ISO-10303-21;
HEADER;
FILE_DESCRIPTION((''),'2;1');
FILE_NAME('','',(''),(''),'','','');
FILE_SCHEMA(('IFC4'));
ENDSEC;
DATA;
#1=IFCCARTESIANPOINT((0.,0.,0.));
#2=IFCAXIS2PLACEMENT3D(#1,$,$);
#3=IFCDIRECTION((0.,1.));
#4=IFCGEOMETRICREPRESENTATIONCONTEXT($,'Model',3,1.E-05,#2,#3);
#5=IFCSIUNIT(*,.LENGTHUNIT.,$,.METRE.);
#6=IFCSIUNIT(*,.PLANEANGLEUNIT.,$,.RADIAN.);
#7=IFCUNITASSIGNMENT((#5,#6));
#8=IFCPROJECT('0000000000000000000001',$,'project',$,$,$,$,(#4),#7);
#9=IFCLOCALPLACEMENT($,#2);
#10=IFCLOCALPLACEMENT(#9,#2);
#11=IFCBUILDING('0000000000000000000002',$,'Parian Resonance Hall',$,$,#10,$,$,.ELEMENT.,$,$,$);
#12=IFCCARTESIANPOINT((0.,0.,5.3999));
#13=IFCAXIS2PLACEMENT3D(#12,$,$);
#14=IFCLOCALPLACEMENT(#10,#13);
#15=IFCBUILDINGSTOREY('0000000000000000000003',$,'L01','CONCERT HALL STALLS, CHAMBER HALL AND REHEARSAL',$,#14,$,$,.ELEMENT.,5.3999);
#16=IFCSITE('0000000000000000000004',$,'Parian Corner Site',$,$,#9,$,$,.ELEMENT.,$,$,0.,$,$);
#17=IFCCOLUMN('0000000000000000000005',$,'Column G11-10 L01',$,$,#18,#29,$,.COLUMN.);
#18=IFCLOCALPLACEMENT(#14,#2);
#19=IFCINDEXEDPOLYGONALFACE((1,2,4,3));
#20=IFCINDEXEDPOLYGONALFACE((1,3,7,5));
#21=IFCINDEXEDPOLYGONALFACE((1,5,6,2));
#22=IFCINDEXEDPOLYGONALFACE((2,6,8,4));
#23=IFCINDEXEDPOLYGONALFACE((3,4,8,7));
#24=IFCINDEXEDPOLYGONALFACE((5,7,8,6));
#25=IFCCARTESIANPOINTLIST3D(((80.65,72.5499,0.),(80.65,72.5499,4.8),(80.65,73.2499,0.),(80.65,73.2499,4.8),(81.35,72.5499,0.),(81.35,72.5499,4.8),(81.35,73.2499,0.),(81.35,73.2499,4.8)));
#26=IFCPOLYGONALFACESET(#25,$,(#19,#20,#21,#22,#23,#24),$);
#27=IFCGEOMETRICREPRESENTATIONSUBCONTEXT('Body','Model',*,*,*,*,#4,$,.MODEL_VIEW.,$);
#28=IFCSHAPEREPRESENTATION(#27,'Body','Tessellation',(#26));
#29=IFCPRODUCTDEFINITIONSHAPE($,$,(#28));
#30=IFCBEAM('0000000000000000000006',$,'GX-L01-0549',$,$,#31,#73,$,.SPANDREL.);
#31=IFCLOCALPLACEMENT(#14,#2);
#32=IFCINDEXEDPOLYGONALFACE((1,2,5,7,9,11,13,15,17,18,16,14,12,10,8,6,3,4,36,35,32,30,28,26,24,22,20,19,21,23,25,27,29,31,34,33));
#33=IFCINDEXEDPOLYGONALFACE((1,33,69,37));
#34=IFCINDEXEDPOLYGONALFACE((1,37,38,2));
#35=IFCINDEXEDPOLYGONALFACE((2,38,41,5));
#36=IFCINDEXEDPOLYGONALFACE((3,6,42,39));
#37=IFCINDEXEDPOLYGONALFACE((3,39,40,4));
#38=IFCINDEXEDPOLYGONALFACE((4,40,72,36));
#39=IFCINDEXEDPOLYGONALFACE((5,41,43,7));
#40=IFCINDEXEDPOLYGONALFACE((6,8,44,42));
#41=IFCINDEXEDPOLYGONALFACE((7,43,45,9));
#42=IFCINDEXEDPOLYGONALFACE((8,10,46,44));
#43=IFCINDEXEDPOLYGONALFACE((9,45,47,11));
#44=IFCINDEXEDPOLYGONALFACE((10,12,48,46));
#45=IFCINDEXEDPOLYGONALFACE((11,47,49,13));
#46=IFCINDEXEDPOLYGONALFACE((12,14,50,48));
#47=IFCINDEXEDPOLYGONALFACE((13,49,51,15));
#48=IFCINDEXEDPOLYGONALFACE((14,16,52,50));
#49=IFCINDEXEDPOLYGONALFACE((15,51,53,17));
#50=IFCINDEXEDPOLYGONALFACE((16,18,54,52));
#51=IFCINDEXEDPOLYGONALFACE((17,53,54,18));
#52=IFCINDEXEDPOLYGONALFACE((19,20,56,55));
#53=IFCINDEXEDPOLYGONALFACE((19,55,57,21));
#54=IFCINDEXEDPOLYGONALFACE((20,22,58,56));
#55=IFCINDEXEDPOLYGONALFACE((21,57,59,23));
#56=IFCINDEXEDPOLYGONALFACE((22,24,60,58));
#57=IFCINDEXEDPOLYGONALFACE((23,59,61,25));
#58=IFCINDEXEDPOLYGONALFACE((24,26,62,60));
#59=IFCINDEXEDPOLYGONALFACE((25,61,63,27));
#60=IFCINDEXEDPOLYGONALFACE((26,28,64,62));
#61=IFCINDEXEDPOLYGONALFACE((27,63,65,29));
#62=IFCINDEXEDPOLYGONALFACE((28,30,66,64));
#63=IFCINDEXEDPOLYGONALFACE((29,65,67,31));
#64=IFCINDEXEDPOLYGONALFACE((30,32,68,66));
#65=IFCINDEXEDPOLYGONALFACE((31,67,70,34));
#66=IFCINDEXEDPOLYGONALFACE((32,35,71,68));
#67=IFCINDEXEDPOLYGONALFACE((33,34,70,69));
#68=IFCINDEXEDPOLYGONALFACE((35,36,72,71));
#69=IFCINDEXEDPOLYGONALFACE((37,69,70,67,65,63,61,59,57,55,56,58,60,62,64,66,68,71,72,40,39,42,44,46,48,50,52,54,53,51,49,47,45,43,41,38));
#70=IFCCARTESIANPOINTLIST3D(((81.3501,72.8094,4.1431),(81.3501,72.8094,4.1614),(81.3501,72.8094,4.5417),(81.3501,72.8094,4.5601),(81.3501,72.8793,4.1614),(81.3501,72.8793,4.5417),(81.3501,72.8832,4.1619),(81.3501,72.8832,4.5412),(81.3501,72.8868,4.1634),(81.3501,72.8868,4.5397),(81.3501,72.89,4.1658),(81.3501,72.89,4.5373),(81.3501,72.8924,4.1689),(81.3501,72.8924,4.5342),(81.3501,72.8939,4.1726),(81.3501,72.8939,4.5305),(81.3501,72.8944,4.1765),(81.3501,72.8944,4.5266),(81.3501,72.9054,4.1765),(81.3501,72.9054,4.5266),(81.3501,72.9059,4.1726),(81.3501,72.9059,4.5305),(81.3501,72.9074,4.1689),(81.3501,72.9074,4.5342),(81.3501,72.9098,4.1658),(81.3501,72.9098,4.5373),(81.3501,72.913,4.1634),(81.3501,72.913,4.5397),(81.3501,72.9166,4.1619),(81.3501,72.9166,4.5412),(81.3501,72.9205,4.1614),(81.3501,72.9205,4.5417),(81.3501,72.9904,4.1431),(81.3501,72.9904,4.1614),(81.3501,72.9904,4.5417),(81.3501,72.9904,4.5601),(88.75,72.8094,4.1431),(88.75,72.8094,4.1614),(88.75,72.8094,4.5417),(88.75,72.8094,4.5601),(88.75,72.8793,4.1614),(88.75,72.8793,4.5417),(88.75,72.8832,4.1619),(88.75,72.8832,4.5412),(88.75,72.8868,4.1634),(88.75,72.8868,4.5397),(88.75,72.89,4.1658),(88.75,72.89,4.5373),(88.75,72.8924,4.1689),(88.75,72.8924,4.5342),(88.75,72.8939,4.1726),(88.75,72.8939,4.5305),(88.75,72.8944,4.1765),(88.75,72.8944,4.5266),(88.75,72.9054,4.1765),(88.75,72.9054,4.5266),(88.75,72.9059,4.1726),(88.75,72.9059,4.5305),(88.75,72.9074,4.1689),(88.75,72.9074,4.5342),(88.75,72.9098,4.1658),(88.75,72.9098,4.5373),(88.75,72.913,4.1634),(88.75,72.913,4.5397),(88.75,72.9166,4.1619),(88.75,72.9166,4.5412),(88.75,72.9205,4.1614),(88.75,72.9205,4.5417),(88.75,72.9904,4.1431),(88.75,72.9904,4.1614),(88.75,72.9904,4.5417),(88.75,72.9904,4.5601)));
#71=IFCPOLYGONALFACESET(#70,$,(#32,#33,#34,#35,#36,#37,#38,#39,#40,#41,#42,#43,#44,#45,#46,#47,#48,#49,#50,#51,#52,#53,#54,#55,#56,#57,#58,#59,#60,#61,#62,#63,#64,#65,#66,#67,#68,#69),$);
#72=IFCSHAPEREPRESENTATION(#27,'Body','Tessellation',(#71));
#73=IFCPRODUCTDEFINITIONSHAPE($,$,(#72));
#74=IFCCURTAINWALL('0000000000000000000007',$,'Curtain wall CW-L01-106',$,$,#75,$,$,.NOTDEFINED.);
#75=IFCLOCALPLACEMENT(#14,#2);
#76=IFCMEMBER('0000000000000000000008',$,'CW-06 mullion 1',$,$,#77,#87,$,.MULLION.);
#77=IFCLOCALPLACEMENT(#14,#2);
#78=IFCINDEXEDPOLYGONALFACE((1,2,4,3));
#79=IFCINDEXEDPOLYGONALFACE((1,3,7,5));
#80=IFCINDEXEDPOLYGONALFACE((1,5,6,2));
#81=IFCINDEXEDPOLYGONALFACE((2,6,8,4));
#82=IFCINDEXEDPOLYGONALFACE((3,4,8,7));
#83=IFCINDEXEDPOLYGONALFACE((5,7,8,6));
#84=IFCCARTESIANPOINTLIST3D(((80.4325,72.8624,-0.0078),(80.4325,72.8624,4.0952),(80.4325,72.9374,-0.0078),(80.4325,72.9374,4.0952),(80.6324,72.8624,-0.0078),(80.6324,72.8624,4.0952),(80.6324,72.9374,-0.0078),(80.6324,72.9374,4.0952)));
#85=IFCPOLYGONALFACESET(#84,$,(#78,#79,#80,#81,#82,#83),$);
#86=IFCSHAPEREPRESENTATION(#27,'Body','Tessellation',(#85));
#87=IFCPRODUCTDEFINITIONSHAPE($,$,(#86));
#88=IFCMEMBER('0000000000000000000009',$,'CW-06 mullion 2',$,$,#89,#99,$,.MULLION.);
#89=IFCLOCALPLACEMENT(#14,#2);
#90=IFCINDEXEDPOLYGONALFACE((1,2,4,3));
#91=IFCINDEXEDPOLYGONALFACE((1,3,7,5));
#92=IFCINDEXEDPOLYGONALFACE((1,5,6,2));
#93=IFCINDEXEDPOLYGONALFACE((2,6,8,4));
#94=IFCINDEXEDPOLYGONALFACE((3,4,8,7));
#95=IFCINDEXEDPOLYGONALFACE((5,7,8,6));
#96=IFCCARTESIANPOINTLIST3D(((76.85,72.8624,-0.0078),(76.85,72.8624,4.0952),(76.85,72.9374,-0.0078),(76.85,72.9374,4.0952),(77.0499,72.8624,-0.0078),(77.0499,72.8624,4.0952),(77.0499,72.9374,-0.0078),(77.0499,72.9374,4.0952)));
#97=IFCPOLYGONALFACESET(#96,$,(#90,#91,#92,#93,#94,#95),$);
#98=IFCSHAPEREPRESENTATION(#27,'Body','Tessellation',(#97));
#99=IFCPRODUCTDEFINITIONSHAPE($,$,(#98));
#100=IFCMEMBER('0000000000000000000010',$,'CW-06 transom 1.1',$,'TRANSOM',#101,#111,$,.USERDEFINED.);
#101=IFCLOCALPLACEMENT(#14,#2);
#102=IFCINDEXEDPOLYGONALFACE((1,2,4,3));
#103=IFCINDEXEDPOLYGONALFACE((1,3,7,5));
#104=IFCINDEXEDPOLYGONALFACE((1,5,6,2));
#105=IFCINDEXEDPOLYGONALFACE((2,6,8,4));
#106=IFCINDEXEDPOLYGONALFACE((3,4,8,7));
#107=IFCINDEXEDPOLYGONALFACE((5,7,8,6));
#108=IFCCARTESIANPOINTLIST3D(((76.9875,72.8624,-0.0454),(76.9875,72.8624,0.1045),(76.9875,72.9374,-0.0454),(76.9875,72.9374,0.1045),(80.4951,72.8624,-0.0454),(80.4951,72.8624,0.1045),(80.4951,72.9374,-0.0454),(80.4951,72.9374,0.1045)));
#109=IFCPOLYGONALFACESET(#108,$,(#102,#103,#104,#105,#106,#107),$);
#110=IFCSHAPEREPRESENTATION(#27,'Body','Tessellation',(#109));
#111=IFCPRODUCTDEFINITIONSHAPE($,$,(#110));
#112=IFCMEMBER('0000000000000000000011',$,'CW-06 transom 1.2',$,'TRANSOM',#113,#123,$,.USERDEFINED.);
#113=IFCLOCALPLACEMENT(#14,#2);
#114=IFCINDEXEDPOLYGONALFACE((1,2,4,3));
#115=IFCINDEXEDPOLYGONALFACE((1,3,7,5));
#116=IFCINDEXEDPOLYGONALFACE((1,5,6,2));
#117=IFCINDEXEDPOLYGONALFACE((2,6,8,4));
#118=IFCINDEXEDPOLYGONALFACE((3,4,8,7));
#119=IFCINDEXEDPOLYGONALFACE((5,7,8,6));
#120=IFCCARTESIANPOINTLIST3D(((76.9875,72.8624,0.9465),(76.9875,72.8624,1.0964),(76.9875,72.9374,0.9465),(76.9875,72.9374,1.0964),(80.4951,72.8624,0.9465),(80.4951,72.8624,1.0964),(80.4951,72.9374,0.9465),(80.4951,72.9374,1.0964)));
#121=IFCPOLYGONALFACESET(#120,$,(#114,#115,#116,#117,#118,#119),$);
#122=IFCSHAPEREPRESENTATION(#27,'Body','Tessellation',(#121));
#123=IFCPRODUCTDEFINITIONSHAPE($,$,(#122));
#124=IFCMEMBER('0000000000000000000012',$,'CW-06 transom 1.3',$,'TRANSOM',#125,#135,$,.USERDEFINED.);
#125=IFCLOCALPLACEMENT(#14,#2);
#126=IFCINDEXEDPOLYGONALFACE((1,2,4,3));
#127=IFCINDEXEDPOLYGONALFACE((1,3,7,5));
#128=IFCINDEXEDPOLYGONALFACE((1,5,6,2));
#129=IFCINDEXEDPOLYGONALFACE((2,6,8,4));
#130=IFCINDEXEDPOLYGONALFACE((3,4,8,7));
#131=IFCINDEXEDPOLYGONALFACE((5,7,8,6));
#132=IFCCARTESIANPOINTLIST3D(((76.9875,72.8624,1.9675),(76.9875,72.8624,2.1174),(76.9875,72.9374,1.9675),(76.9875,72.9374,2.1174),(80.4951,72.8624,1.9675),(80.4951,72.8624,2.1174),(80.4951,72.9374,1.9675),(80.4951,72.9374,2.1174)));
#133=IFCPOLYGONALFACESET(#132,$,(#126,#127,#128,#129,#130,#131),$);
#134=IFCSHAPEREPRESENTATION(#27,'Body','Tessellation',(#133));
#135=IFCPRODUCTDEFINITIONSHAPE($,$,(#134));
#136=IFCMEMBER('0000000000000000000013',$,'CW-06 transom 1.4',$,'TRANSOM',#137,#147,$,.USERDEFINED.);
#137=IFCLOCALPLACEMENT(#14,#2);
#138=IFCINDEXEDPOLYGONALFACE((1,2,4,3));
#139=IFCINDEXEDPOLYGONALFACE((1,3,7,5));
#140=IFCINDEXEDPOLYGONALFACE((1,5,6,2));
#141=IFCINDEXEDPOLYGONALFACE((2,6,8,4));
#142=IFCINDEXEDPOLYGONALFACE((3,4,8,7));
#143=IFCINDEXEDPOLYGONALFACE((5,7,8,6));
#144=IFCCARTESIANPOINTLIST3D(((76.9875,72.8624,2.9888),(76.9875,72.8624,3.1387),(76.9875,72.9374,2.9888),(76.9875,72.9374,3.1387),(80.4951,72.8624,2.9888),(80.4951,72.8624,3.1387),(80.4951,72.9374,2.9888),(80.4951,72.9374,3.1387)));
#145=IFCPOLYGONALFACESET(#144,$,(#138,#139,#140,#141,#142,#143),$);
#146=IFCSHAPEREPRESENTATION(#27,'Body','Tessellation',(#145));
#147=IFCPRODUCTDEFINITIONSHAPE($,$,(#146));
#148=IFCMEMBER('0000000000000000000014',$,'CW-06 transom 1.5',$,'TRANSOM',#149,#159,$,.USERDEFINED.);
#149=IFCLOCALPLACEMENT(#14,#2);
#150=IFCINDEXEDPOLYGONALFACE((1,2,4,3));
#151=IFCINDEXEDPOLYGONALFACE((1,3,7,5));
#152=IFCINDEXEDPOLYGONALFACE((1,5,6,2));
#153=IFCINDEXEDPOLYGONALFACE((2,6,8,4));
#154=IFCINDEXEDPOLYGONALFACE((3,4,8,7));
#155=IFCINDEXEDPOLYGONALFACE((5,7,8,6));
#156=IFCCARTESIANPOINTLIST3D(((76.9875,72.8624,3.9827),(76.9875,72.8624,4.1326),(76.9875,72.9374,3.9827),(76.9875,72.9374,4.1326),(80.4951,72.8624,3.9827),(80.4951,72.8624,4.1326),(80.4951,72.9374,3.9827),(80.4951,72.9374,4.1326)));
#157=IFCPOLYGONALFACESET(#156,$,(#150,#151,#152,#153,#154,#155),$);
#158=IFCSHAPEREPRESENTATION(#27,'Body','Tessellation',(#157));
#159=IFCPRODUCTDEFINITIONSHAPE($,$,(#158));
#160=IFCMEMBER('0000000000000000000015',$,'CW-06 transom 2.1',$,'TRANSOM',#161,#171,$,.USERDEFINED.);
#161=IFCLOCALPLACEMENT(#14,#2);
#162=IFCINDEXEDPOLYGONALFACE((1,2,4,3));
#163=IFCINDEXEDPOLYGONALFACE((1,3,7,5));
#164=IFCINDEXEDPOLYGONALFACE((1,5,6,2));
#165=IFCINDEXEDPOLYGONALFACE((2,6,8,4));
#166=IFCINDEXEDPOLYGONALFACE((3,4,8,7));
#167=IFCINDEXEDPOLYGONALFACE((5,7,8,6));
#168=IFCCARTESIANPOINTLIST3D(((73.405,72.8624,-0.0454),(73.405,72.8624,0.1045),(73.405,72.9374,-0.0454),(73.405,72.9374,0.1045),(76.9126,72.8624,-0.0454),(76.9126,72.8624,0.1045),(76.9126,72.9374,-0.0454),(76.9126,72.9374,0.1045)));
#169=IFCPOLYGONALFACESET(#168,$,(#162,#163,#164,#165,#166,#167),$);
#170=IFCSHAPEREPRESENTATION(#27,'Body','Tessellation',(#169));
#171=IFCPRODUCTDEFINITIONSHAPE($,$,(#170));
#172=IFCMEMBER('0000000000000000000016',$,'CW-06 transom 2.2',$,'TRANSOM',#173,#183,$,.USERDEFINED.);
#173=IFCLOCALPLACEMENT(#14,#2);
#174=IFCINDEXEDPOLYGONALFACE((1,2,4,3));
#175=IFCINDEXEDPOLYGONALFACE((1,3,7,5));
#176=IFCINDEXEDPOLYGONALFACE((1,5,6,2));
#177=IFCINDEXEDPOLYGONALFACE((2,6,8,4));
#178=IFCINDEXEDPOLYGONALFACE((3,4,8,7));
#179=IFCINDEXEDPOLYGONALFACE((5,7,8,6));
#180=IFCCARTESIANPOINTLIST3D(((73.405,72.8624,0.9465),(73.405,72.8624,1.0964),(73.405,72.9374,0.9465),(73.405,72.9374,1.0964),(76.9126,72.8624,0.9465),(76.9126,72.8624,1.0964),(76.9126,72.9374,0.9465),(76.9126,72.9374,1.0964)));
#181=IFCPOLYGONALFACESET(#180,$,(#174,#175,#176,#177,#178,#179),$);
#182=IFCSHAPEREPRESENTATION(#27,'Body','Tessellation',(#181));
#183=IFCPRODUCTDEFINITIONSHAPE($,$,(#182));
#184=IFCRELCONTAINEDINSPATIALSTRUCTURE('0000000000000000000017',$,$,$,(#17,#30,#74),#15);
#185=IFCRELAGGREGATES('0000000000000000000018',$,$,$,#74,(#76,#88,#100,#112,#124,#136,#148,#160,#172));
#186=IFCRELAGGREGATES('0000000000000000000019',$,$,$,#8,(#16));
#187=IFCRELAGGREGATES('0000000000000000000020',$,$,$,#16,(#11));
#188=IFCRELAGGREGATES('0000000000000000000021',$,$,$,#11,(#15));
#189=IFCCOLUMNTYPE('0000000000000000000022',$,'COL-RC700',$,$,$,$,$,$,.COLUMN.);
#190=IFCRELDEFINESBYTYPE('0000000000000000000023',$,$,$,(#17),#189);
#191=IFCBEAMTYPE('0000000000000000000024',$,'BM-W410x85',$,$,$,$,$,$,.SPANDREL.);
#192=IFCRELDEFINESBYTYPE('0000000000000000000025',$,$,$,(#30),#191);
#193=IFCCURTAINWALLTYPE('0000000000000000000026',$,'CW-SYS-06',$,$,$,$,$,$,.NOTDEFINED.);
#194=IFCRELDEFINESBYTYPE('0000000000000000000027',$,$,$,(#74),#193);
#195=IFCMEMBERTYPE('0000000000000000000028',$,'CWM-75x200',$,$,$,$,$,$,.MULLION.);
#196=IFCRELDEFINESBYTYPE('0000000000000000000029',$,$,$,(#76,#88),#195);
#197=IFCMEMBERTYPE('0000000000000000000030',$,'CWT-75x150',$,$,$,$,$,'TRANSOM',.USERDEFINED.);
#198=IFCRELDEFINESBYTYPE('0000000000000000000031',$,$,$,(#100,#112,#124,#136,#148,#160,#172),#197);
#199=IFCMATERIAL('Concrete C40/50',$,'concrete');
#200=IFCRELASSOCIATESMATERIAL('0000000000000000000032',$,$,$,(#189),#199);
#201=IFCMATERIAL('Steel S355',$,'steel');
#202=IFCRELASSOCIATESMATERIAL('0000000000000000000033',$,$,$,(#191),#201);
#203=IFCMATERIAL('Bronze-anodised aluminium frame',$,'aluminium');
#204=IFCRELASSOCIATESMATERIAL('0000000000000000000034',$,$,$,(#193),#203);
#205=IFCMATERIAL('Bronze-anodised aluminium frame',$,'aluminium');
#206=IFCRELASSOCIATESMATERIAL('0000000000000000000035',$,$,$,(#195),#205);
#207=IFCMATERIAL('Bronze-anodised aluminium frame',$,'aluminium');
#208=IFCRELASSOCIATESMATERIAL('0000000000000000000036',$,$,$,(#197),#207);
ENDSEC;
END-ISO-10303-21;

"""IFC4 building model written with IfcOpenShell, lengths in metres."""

from ifc_helpers import new_model, si_unit, direction, frame, origin, origin_2d, place, context, subcontext, project, spatial, rectangle, i_section, extrude, material, material_profile, profile_set, type_object, element, aggregate, save


model = new_model("IFC4")

# Units and contexts
model_context = context("Model", 3, precision=1e-05, world=origin(), true_north=direction((0.0, 1.0)))
body_context = subcontext(model_context, "Body", "Model", "MODEL_VIEW")
ifc_project = project(units=[si_unit("LENGTHUNIT", "METRE"), si_unit("PLANEANGLEUNIT", "RADIAN")], contexts=[model_context])

# Site, building, storey
site_placement = place(None, origin())
site = spatial("IfcSite", under=ifc_project, at=site_placement, Name="Parian Corner Site", CompositionType="ELEMENT", RefElevation=0.0)
building_placement = place(site_placement, origin())
building = spatial("IfcBuilding", under=site, at=building_placement, Name="Parian Resonance Hall", CompositionType="ELEMENT")
storey_placement = place(building_placement, frame((0.0, 0.0, 5.3999)))
storey = spatial("IfcBuildingStorey", under=building, at=storey_placement, Name="L01", Description="CONCERT HALL STALLS, CHAMBER HALL AND REHEARSAL", CompositionType="ELEMENT", Elevation=5.3999)

# Column
ifc_material_1 = material(Name="Concrete C40/50", Category="concrete")
ifc_material_profile_1 = material_profile(ifc_material_1, rectangle(XDim=0.7, YDim=0.7, at=origin_2d()), Name="RC-COL-700x700")
ifc_profile_set_1 = profile_set([ifc_material_profile_1], Name="Concrete C40/50")
column_type = type_object("IfcColumnType", Name="COL-RC700", PredefinedType="COLUMN", material=ifc_profile_set_1)
column_placement = place(storey_placement, frame((81.0, 72.8999, 0.0), z_axis=(0.0, 0.0, 1.0), x_axis=(1.0, 0.0, 0.0)))
element("IfcColumn", 1, at=column_placement, inside=storey, type_object=column_type, Name="Column G11-10 L01", PredefinedType="COLUMN", context=body_context, shape_type="SweptSolid", body=[
    extrude(rectangle(XDim=0.7, YDim=0.7, at=origin_2d()), origin(), (0.0, 0.0, 1.0), 4.8),
])

# Beam
ifc_material_2 = material(Name="Steel S355", Category="steel")
ifc_material_profile_2 = material_profile(ifc_material_2, i_section(OverallWidth=0.1809, OverallDepth=0.417, WebThickness=0.011, FlangeThickness=0.0183, FilletRadius=0.0151, at=origin_2d()), Name="W410x85")
ifc_profile_set_2 = profile_set([ifc_material_profile_2], Name="Steel S355")
beam_type = type_object("IfcBeamType", Name="BM-W410x85", PredefinedType="SPANDREL", material=ifc_profile_set_2)
beam_placement = place(storey_placement, frame((81.3501, 72.8999, 4.3516), z_axis=(1.0, 0.0, 0.0), x_axis=(0.0, 1.0, 0.0)))
element("IfcBeam", 2, at=beam_placement, inside=storey, type_object=beam_type, Name="GX-L01-0549", PredefinedType="SPANDREL", context=body_context, shape_type="SweptSolid", body=[
    extrude(i_section(OverallWidth=0.1809, OverallDepth=0.417, WebThickness=0.011, FlangeThickness=0.0183, FilletRadius=0.0151, at=origin_2d()), origin(), (0.0, 0.0, 1.0), 7.3999),
])

# Curtain wall, members
ifc_material_3 = material(Name="Bronze-anodised aluminium frame", Category="aluminium")
curtain_wall_type = type_object("IfcCurtainWallType", Name="CW-SYS-06", PredefinedType="NOTDEFINED", material=ifc_material_3)
curtain_wall_placement = place(storey_placement, origin())
curtain_wall = element("IfcCurtainWall", 3, at=curtain_wall_placement, inside=storey, type_object=curtain_wall_type, Name="Curtain wall CW-L01-106", PredefinedType="NOTDEFINED")
ifc_material_4 = material(Name="Bronze-anodised aluminium frame", Category="aluminium")
ifc_material_profile_3 = material_profile(ifc_material_4, rectangle(XDim=0.075, YDim=0.2, at=origin_2d()), Name="CWM-75x200")
ifc_profile_set_3 = profile_set([ifc_material_profile_3], Name="Bronze-anodised aluminium frame")
member_type_1 = type_object("IfcMemberType", Name="CWM-75x200", PredefinedType="MULLION", material=ifc_profile_set_3)
member_1_placement = place(storey_placement, frame((80.5325, 72.8999, -0.0078), z_axis=(0.0, 0.0, 1.0), x_axis=(0.0, -1.0, 0.0)))
member_1 = element("IfcMember", 4, at=member_1_placement, type_object=member_type_1, Name="CW-06 mullion 1", PredefinedType="MULLION", context=body_context, shape_type="SweptSolid", body=[
    extrude(rectangle(XDim=0.075, YDim=0.2, at=origin_2d()), origin(), (0.0, 0.0, 1.0), 4.103),
])
member_2_placement = place(storey_placement, frame((76.95, 72.8999, -0.0078), z_axis=(0.0, 0.0, 1.0), x_axis=(0.0, -1.0, 0.0)))
member_2 = element("IfcMember", 5, at=member_2_placement, type_object=member_type_1, Name="CW-06 mullion 2", PredefinedType="MULLION", context=body_context, shape_type="SweptSolid", body=[
    extrude(rectangle(XDim=0.075, YDim=0.2, at=origin_2d()), origin(), (0.0, 0.0, 1.0), 4.103),
])
ifc_material_5 = material(Name="Bronze-anodised aluminium frame", Category="aluminium")
ifc_material_profile_4 = material_profile(ifc_material_5, rectangle(XDim=0.075, YDim=0.1499, at=origin_2d()), Name="CWT-75x150")
ifc_profile_set_4 = profile_set([ifc_material_profile_4], Name="Bronze-anodised aluminium frame")
member_type_2 = type_object("IfcMemberType", Name="CWT-75x150", ElementType="TRANSOM", PredefinedType="USERDEFINED", material=ifc_profile_set_4)
member_3_placement = place(storey_placement, frame((80.4951, 72.8999, 0.0295), z_axis=(-1.0, 0.0, 0.0), x_axis=(0.0, -1.0, 0.0)))
member_3 = element("IfcMember", 6, at=member_3_placement, type_object=member_type_2, Name="CW-06 transom 1.1", ObjectType="TRANSOM", PredefinedType="USERDEFINED", context=body_context, shape_type="SweptSolid", body=[
    extrude(rectangle(XDim=0.075, YDim=0.1499, at=origin_2d()), origin(), (0.0, 0.0, 1.0), 3.5076),
])
member_4_placement = place(storey_placement, frame((80.4951, 72.8999, 1.0215), z_axis=(-1.0, 0.0, 0.0), x_axis=(0.0, -1.0, 0.0)))
member_4 = element("IfcMember", 7, at=member_4_placement, type_object=member_type_2, Name="CW-06 transom 1.2", ObjectType="TRANSOM", PredefinedType="USERDEFINED", context=body_context, shape_type="SweptSolid", body=[
    extrude(rectangle(XDim=0.075, YDim=0.1499, at=origin_2d()), origin(), (0.0, 0.0, 1.0), 3.5076),
])
member_5_placement = place(storey_placement, frame((80.4951, 72.8999, 2.0425), z_axis=(-1.0, 0.0, 0.0), x_axis=(0.0, -1.0, 0.0)))
member_5 = element("IfcMember", 8, at=member_5_placement, type_object=member_type_2, Name="CW-06 transom 1.3", ObjectType="TRANSOM", PredefinedType="USERDEFINED", context=body_context, shape_type="SweptSolid", body=[
    extrude(rectangle(XDim=0.075, YDim=0.1499, at=origin_2d()), origin(), (0.0, 0.0, 1.0), 3.5076),
])
member_6_placement = place(storey_placement, frame((80.4951, 72.8999, 3.0637), z_axis=(-1.0, 0.0, 0.0), x_axis=(0.0, -1.0, 0.0)))
member_6 = element("IfcMember", 9, at=member_6_placement, type_object=member_type_2, Name="CW-06 transom 1.4", ObjectType="TRANSOM", PredefinedType="USERDEFINED", context=body_context, shape_type="SweptSolid", body=[
    extrude(rectangle(XDim=0.075, YDim=0.1499, at=origin_2d()), origin(), (0.0, 0.0, 1.0), 3.5076),
])
member_7_placement = place(storey_placement, frame((80.4951, 72.8999, 4.0576), z_axis=(-1.0, 0.0, 0.0), x_axis=(0.0, -1.0, 0.0)))
member_7 = element("IfcMember", 10, at=member_7_placement, type_object=member_type_2, Name="CW-06 transom 1.5", ObjectType="TRANSOM", PredefinedType="USERDEFINED", context=body_context, shape_type="SweptSolid", body=[
    extrude(rectangle(XDim=0.075, YDim=0.1499, at=origin_2d()), origin(), (0.0, 0.0, 1.0), 3.5076),
])
member_8_placement = place(storey_placement, frame((76.9126, 72.8999, 0.0295), z_axis=(-1.0, 0.0, 0.0), x_axis=(0.0, -1.0, 0.0)))
member_8 = element("IfcMember", 11, at=member_8_placement, type_object=member_type_2, Name="CW-06 transom 2.1", ObjectType="TRANSOM", PredefinedType="USERDEFINED", context=body_context, shape_type="SweptSolid", body=[
    extrude(rectangle(XDim=0.075, YDim=0.1499, at=origin_2d()), origin(), (0.0, 0.0, 1.0), 3.5076),
])
member_9_placement = place(storey_placement, frame((76.9126, 72.8999, 1.0215), z_axis=(-1.0, 0.0, 0.0), x_axis=(0.0, -1.0, 0.0)))
member_9 = element("IfcMember", 12, at=member_9_placement, type_object=member_type_2, Name="CW-06 transom 2.2", ObjectType="TRANSOM", PredefinedType="USERDEFINED", context=body_context, shape_type="SweptSolid", body=[
    extrude(rectangle(XDim=0.075, YDim=0.1499, at=origin_2d()), origin(), (0.0, 0.0, 1.0), 3.5076),
])
aggregate(curtain_wall, [member_1, member_2, member_3, member_4, member_5, member_6, member_7, member_8, member_9])

save(model, "model.ifc")
